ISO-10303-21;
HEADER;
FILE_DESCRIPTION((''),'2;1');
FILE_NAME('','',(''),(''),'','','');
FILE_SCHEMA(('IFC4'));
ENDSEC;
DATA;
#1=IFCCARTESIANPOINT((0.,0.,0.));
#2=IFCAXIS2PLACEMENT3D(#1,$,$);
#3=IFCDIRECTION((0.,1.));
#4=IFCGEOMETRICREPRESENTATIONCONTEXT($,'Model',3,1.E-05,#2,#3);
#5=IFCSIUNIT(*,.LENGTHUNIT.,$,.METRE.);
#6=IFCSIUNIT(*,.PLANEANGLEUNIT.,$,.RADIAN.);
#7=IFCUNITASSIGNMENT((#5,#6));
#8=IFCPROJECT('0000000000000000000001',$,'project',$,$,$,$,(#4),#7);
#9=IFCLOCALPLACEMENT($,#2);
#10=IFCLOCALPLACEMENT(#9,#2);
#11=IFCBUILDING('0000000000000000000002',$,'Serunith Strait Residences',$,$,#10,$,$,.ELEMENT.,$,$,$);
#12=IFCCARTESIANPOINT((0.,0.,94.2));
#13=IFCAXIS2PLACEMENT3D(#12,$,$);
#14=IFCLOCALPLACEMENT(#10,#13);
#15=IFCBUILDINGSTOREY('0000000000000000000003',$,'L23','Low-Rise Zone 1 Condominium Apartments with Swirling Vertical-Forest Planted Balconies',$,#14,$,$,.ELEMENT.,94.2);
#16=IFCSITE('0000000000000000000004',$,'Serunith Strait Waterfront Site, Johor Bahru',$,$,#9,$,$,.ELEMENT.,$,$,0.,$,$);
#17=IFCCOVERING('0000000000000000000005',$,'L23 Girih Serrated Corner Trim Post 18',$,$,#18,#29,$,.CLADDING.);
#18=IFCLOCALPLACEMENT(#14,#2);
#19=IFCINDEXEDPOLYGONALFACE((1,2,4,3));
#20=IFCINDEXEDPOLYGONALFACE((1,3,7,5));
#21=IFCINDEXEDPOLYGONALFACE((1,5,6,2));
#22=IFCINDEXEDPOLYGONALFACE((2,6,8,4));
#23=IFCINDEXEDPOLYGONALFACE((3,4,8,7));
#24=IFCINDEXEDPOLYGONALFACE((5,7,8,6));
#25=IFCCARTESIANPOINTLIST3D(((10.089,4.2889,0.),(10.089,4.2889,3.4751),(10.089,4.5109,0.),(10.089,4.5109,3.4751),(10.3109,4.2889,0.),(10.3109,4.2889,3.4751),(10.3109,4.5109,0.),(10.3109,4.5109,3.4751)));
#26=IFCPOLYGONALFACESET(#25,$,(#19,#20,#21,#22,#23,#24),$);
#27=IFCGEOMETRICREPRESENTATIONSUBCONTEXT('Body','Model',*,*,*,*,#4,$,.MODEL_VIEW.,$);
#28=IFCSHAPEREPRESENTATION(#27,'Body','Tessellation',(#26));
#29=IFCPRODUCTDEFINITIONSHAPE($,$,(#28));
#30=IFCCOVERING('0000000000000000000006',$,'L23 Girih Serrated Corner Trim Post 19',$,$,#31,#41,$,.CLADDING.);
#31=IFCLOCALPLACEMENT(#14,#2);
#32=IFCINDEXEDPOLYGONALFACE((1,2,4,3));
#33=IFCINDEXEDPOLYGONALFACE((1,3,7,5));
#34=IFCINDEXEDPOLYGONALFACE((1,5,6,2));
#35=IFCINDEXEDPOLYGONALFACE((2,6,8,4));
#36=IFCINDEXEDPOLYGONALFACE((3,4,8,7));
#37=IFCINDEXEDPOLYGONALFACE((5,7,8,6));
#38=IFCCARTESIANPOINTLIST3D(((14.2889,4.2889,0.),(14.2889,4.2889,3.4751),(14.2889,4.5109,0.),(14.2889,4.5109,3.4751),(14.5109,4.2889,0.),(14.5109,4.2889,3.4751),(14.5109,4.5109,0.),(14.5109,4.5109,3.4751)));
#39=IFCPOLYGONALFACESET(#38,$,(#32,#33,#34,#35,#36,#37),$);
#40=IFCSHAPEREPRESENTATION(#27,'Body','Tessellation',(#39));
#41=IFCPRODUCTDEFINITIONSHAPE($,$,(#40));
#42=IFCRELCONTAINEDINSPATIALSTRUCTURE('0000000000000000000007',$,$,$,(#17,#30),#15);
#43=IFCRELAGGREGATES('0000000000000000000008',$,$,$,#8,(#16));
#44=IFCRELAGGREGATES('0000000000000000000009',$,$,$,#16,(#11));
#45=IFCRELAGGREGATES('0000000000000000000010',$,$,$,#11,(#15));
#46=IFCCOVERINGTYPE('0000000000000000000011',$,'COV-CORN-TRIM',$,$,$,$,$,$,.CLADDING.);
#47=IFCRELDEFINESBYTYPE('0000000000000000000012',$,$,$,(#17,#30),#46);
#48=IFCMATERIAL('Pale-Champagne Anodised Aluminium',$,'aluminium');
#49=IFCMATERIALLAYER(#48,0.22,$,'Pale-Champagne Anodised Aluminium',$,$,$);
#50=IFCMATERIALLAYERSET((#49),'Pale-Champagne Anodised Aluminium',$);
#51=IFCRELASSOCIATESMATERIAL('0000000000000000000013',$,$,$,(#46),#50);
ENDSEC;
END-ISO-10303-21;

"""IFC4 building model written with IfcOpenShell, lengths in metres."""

from ifc_helpers import new_model, si_unit, direction, frame, origin, origin_2d, place, context, subcontext, project, spatial, rectangle, extrude, source, transform, mapped, material, layer, layer_set, type_object, element, save


model = new_model("IFC4")

# Units and contexts
model_context = context("Model", 3, precision=1e-05, world=origin(), true_north=direction((0.0, 1.0)))
body_context = subcontext(model_context, "Body", "Model", "MODEL_VIEW")
ifc_project = project(units=[si_unit("LENGTHUNIT", "METRE"), si_unit("PLANEANGLEUNIT", "RADIAN")], contexts=[model_context])

# Site, building, storey
site_placement = place(None, origin())
site = spatial("IfcSite", under=ifc_project, at=site_placement, Name="Serunith Strait Waterfront Site, Johor Bahru", CompositionType="ELEMENT", RefElevation=0.0)
building_placement = place(site_placement, origin())
building = spatial("IfcBuilding", under=site, at=building_placement, Name="Serunith Strait Residences", CompositionType="ELEMENT")
storey_placement = place(building_placement, frame((0.0, 0.0, 94.2)))
storey = spatial("IfcBuildingStorey", under=building, at=storey_placement, Name="L23", Description="Low-Rise Zone 1 Condominium Apartments with Swirling Vertical-Forest Planted Balconies", CompositionType="ELEMENT", Elevation=94.2)

# Shared definitions
ifc_material_1 = material(Name="Pale-Champagne Anodised Aluminium", Category="aluminium")

# Coverings
ifc_layer_1 = layer(ifc_material_1, 0.22, Name="Pale-Champagne Anodised Aluminium")
ifc_layer_set_1 = layer_set([ifc_layer_1], Name="Pale-Champagne Anodised Aluminium")
covering_type_1 = type_object("IfcCoveringType", Name="COV-CORN-TRIM", PredefinedType="CLADDING", material=ifc_layer_set_1)
shared_shape_1 = source(origin(), body_context, "Body", "SweptSolid", [
    extrude(rectangle(XDim=0.2219, YDim=0.2219, at=origin_2d()), origin(), (0.0, 0.0, 1.0), 3.4751),
])
for number, where, z_axis, x_axis, name in (
    (1, (10.2, 4.3999, 0.0), (0.0, 0.0, 1.0), (1.0, 0.0, 0.0), "L23 Girih Serrated Corner Trim Post 18"),
    (2, (14.3999, 4.3999, 0.0), (0.0, 0.0, 1.0), (1.0, 0.0, 0.0), "L23 Girih Serrated Corner Trim Post 19"),
):
    element("IfcCovering", number, at=place(storey_placement, frame(where, z_axis=z_axis, x_axis=x_axis)), inside=storey, type_object=covering_type_1, Name=name, PredefinedType="CLADDING", context=body_context, shape_type="MappedRepresentation", body=[
        mapped(shared_shape_1, transform((0.0, 0.0, 0.0), scale=1.0)),
    ])

save(model, "model.ifc")
